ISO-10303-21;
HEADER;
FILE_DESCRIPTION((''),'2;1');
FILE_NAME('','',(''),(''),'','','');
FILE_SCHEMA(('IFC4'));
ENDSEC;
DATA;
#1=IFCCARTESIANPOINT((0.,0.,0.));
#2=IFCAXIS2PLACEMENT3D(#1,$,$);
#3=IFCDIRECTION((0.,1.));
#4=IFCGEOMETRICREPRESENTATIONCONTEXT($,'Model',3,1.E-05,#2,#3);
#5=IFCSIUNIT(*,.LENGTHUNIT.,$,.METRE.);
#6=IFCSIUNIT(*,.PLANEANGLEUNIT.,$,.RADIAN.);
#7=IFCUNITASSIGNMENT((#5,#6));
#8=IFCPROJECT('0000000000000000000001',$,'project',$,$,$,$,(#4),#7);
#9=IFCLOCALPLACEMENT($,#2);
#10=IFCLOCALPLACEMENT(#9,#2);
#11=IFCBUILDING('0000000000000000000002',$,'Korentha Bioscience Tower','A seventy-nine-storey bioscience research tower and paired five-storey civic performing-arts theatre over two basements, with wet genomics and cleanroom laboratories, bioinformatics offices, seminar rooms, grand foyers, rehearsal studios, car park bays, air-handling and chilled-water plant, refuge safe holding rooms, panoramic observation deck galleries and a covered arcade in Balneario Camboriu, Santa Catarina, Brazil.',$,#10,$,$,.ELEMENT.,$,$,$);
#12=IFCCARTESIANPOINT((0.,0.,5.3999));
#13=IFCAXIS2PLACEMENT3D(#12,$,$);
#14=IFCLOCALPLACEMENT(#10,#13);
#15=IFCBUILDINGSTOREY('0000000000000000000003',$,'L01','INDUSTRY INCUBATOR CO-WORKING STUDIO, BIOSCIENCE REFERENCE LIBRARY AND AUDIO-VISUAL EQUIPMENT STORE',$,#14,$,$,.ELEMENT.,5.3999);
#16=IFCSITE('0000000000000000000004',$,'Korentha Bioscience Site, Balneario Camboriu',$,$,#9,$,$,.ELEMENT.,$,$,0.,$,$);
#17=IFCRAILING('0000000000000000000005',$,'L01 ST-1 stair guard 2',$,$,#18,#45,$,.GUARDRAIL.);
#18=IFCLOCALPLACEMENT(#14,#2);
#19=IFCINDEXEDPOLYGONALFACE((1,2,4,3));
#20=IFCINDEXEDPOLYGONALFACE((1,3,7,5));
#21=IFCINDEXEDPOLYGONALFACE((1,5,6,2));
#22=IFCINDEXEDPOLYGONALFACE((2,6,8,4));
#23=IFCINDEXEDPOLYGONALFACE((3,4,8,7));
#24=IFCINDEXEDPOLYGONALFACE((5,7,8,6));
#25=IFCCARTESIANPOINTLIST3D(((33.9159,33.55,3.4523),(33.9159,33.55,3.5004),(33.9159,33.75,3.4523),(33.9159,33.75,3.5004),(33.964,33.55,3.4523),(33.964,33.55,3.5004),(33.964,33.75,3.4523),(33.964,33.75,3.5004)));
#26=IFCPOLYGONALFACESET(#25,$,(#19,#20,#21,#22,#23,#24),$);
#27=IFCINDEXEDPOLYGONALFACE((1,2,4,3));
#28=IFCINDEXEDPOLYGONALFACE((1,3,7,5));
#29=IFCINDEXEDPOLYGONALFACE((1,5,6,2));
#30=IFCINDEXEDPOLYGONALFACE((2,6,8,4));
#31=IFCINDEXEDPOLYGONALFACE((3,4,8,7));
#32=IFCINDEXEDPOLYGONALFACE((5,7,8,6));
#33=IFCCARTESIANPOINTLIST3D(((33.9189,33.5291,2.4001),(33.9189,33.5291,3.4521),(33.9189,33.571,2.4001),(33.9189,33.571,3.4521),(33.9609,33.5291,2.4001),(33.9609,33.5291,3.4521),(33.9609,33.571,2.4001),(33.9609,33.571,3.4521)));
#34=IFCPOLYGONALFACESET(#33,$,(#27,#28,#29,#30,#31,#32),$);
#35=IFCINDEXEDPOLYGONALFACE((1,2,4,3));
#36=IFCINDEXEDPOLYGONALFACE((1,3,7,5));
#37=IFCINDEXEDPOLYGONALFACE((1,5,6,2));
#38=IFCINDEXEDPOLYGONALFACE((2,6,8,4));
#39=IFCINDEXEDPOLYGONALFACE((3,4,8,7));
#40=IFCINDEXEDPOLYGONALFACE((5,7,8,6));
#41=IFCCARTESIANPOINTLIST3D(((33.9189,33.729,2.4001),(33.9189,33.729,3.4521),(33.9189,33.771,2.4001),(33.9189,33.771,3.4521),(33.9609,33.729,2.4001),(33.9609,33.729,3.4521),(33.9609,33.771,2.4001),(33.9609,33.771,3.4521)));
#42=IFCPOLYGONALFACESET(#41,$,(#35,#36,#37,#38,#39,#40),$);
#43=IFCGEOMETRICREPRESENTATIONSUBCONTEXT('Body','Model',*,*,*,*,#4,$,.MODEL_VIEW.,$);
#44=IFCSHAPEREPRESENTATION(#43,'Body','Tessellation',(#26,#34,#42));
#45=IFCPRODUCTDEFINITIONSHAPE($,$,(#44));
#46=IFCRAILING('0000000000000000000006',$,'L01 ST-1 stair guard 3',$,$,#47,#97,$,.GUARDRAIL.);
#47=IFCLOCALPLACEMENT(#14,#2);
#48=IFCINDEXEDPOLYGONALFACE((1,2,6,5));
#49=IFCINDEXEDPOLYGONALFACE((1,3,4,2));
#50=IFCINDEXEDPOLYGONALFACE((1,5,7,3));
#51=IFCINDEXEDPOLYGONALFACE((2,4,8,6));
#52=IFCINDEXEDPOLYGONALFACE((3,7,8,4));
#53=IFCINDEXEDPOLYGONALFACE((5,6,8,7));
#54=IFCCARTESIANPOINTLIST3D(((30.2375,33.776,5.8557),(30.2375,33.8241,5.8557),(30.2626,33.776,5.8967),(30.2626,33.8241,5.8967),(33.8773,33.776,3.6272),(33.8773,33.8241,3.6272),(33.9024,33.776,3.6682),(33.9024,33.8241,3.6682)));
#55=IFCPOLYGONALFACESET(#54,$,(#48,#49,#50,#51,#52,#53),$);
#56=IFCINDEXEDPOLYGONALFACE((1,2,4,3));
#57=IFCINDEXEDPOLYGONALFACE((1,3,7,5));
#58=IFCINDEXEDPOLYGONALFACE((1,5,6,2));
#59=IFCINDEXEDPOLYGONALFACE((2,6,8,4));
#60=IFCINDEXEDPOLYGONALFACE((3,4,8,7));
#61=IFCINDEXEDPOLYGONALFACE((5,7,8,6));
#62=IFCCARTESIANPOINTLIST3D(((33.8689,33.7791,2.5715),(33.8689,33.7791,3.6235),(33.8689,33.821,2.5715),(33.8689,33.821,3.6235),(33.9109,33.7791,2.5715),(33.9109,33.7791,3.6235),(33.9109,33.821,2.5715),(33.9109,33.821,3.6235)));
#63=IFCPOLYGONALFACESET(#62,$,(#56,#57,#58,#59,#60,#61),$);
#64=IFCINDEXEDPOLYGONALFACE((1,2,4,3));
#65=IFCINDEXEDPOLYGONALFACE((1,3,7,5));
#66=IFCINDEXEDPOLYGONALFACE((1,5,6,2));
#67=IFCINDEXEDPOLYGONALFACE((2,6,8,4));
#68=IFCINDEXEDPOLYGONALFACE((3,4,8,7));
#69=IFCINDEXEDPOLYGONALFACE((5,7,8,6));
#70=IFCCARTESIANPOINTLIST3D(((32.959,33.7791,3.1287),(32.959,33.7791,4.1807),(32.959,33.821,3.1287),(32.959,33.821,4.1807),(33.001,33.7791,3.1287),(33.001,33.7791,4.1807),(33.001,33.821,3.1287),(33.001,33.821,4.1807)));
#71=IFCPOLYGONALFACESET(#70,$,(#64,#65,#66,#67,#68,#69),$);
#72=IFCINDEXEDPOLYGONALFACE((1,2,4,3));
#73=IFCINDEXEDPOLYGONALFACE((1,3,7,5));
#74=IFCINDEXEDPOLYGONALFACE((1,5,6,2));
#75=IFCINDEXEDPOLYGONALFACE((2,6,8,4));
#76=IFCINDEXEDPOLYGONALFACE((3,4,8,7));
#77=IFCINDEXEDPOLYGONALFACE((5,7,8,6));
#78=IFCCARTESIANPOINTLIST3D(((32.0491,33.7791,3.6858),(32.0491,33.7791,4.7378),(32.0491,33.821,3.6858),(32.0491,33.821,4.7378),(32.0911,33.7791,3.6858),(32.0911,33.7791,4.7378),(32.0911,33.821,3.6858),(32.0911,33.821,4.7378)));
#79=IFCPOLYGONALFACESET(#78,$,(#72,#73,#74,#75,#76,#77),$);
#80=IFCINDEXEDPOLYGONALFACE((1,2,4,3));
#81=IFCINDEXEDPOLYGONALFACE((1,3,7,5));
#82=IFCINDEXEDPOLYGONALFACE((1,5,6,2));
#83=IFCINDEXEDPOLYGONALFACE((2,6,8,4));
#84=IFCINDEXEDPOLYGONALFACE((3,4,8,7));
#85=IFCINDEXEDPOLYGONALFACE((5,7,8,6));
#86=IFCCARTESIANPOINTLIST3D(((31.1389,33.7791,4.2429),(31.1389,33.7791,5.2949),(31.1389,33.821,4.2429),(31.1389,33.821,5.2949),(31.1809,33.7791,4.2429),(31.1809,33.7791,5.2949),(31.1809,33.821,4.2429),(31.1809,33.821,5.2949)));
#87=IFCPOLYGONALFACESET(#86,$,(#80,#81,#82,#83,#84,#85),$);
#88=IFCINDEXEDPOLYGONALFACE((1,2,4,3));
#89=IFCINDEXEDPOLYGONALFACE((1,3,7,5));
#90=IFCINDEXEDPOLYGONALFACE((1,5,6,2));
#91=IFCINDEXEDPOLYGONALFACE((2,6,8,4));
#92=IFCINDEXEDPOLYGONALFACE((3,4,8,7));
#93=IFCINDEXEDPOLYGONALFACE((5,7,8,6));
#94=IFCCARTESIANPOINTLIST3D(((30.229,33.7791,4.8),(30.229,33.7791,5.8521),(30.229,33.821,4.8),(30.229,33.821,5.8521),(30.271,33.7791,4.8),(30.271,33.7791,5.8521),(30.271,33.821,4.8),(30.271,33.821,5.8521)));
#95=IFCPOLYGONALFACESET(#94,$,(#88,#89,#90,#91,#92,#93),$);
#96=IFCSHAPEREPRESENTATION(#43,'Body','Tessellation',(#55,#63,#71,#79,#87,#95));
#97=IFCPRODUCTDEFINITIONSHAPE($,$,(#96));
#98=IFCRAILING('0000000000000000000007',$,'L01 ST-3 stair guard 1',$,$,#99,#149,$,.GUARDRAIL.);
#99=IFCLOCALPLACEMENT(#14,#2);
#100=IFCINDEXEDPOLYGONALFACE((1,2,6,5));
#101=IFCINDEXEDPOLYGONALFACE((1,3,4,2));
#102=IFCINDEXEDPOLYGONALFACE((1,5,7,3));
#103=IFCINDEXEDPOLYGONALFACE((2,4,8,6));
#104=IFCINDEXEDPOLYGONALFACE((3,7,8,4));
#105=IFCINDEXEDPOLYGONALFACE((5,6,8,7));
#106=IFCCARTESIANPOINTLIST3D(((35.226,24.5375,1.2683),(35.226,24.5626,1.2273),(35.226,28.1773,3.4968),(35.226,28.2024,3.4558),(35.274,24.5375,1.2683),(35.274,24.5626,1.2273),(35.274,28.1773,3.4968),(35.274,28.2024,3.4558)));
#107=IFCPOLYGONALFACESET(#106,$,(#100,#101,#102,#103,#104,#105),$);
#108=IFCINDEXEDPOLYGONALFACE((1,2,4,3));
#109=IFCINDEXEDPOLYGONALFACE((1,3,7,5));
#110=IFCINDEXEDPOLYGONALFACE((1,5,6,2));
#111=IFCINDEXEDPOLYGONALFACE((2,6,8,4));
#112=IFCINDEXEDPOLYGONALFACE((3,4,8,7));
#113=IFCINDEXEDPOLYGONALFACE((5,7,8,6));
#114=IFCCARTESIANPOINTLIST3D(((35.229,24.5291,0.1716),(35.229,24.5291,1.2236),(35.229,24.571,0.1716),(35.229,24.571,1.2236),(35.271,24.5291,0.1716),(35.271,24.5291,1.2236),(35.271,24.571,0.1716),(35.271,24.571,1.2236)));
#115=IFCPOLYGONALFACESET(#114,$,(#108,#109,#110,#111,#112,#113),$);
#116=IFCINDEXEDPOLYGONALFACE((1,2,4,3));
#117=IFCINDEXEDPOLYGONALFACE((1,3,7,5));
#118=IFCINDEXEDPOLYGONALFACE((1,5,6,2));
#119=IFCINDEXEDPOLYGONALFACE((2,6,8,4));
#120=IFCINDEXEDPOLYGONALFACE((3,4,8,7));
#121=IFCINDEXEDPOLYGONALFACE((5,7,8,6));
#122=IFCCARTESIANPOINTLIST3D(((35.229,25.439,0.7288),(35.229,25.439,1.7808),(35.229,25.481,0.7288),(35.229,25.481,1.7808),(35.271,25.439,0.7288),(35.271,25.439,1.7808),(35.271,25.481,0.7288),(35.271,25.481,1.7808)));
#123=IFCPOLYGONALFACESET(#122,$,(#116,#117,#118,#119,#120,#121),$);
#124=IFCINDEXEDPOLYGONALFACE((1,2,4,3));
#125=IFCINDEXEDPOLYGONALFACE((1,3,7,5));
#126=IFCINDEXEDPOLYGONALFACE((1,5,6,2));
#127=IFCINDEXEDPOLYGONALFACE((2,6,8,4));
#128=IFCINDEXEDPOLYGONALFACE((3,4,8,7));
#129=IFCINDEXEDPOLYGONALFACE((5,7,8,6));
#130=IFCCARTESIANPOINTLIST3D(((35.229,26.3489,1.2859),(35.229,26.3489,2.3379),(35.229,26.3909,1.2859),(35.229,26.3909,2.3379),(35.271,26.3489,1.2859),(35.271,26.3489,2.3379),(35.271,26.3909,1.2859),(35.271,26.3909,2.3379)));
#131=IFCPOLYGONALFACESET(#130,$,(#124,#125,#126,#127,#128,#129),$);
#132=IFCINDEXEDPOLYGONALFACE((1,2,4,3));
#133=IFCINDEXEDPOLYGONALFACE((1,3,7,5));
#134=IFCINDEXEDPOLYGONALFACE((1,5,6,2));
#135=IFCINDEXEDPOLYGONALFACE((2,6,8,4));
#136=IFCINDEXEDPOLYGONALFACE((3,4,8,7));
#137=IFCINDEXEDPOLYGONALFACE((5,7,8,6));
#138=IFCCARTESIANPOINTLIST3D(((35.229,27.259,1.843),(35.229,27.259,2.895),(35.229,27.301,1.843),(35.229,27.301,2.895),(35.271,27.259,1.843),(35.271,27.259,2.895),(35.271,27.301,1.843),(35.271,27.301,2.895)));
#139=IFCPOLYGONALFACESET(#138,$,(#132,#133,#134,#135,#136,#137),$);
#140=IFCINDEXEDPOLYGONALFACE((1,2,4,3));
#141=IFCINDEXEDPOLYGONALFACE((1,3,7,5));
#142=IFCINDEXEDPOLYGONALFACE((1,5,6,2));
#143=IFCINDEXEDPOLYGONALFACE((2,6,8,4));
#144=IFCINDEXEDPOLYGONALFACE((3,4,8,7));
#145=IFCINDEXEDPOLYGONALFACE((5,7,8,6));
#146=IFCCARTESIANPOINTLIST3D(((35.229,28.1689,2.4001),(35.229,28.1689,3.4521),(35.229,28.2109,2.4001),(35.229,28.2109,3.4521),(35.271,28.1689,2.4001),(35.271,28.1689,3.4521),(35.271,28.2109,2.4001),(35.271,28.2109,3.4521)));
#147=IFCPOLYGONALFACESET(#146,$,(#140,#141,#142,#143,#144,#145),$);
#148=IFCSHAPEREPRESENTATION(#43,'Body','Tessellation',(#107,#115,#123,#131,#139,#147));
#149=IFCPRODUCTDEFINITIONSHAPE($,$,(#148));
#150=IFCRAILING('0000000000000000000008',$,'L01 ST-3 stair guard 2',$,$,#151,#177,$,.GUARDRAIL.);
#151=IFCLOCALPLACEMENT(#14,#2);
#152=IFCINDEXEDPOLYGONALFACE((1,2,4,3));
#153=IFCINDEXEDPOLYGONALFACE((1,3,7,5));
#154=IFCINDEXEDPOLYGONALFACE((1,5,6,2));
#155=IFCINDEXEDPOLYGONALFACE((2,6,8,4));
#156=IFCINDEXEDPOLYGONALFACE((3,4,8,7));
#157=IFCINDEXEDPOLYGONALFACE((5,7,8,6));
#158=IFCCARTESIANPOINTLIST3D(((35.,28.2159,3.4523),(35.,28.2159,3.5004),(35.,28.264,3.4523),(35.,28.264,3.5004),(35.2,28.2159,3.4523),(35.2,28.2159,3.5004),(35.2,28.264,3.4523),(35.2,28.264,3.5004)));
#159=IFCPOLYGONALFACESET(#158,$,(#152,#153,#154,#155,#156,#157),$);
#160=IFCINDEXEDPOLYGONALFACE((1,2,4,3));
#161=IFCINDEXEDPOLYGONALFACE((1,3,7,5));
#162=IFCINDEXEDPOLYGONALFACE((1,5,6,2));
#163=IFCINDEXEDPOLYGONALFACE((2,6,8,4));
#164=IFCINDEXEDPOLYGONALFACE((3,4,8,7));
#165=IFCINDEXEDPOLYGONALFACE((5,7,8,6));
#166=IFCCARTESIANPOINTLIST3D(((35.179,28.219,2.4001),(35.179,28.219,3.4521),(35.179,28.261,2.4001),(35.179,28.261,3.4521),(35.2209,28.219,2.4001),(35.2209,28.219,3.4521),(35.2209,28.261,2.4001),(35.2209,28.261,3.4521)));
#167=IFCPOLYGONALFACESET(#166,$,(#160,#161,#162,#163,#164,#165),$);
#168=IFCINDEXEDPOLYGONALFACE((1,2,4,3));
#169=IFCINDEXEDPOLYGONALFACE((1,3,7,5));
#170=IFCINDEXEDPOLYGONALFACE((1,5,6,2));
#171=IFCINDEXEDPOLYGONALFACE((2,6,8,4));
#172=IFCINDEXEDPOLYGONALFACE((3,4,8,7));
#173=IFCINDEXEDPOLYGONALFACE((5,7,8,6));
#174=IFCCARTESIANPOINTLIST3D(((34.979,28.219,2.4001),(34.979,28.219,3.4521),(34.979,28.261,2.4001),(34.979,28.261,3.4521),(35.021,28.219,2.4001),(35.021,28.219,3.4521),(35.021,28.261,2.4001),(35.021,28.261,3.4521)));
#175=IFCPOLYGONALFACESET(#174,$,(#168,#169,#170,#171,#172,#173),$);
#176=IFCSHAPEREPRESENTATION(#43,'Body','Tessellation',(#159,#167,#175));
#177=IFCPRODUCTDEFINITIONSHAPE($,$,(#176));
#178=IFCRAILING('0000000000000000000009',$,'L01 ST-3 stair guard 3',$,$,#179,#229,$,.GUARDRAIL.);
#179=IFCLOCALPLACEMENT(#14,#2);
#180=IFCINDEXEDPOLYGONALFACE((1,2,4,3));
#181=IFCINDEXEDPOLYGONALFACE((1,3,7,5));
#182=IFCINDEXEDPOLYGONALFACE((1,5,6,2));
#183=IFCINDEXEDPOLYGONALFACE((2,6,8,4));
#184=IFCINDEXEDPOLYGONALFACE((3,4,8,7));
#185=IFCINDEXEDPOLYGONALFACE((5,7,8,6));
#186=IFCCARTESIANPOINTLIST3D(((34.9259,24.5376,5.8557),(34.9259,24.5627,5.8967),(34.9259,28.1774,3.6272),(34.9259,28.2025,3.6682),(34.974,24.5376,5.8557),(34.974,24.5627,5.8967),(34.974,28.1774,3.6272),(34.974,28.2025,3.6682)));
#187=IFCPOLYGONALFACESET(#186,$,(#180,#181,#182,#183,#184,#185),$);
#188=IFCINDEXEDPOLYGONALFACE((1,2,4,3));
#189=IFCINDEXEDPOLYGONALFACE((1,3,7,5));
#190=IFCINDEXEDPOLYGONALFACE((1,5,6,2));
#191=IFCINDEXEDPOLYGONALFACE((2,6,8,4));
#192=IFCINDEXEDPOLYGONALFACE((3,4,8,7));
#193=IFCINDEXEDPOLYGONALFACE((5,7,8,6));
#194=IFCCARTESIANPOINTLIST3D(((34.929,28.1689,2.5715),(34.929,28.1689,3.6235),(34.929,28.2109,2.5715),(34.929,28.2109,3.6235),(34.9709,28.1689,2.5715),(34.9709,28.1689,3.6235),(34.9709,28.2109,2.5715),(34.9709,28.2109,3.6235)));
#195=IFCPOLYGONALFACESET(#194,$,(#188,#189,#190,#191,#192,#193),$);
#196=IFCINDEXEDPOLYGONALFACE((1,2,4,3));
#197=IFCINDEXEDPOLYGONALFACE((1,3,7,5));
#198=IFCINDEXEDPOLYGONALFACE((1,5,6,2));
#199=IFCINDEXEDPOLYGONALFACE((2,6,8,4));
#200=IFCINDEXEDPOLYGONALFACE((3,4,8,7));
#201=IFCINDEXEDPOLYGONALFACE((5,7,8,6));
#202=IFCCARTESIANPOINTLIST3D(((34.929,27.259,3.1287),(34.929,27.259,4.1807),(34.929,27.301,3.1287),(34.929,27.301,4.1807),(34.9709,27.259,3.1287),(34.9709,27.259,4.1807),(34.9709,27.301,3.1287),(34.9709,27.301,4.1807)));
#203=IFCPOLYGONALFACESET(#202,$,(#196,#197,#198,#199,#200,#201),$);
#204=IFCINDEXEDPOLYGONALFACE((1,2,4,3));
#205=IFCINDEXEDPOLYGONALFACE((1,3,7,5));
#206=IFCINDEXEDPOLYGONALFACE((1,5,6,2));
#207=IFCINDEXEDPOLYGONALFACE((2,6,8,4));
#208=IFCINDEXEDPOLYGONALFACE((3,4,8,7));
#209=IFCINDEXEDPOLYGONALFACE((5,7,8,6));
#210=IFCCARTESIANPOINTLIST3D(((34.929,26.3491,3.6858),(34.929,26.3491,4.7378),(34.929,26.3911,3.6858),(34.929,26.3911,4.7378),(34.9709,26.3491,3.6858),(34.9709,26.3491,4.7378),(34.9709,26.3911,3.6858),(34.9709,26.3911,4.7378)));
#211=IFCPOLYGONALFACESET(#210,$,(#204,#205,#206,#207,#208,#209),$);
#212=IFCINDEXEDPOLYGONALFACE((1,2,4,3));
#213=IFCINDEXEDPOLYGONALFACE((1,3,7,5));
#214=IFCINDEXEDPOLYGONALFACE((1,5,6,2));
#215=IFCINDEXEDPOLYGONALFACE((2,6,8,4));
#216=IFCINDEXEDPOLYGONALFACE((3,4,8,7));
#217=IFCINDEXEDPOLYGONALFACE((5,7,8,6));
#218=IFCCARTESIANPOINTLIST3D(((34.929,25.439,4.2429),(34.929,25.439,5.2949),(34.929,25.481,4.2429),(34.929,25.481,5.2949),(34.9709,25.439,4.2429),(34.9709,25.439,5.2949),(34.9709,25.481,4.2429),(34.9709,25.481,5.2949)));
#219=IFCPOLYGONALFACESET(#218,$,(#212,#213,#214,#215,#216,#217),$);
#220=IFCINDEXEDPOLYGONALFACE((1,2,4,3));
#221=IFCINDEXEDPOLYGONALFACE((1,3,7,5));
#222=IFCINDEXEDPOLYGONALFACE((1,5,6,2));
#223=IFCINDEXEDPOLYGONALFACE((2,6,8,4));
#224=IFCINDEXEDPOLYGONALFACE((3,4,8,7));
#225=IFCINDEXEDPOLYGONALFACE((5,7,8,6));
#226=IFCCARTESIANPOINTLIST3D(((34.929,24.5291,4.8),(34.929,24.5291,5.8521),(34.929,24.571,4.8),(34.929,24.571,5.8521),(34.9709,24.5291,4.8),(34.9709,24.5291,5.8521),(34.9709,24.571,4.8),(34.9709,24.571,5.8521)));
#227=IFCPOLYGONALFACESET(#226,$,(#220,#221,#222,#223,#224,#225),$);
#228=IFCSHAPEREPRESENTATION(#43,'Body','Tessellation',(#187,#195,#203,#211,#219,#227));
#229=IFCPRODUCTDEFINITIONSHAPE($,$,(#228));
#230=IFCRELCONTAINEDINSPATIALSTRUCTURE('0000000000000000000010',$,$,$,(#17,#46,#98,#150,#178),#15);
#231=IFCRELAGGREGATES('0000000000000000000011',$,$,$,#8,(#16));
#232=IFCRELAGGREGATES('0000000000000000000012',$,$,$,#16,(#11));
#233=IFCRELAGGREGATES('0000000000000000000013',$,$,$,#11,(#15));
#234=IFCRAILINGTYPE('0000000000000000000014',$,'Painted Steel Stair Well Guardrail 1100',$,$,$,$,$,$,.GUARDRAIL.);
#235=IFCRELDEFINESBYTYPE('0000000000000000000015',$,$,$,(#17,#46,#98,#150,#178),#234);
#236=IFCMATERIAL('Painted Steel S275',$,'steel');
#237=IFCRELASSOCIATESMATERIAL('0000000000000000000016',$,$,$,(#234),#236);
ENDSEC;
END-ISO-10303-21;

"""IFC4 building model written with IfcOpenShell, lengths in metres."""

from ifc_helpers import new_model, si_unit, direction, frame, origin, origin_2d, place, context, subcontext, project, spatial, rectangle, extrude, material, type_object, element, save


model = new_model("IFC4")

# Units and contexts
model_context = context("Model", 3, precision=1e-05, world=origin(), true_north=direction((0.0, 1.0)))
body_context = subcontext(model_context, "Body", "Model", "MODEL_VIEW")
ifc_project = project(units=[si_unit("LENGTHUNIT", "METRE"), si_unit("PLANEANGLEUNIT", "RADIAN")], contexts=[model_context])

# Site, building, storey
site_placement = place(None, origin())
site = spatial("IfcSite", under=ifc_project, at=site_placement, Name="Korentha Bioscience Site, Balneario Camboriu", CompositionType="ELEMENT", RefElevation=0.0)
building_placement = place(site_placement, origin())
building = spatial("IfcBuilding", under=site, at=building_placement, Name="Korentha Bioscience Tower", Description="A seventy-nine-storey bioscience research tower and paired five-storey civic performing-arts theatre over two basements, with wet genomics and cleanroom laboratories, bioinformatics offices, seminar rooms, grand foyers, rehearsal studios, car park bays, air-handling and chilled-water plant, refuge safe holding rooms, panoramic observation deck galleries and a covered arcade in Balneario Camboriu, Santa Catarina, Brazil.", CompositionType="ELEMENT")
storey_placement = place(building_placement, frame((0.0, 0.0, 5.3999)))
storey = spatial("IfcBuildingStorey", under=building, at=storey_placement, Name="L01", Description="INDUSTRY INCUBATOR CO-WORKING STUDIO, BIOSCIENCE REFERENCE LIBRARY AND AUDIO-VISUAL EQUIPMENT STORE", CompositionType="ELEMENT", Elevation=5.3999)

# Railings
ifc_material_1 = material(Name="Painted Steel S275", Category="steel")
railing_type_1 = type_object("IfcRailingType", Name="Painted Steel Stair Well Guardrail 1100", PredefinedType="GUARDRAIL", material=ifc_material_1)
railing_1_placement = place(storey_placement, frame((33.9399, 33.55, 2.4001)))
element("IfcRailing", 1, at=railing_1_placement, inside=storey, type_object=railing_type_1, Name="L01 ST-1 stair guard 2", PredefinedType="GUARDRAIL", context=body_context, shape_type="SweptSolid", body=[
    extrude(rectangle(XDim=0.0481, YDim=0.0481, at=origin_2d()), frame((0.0, 0.0, 1.0762), z_axis=(0.0, 1.0, 0.0), x_axis=(-1.0, 0.0, 0.0)), (0.0, 0.0, 1.0), 0.2),
    extrude(rectangle(XDim=0.042, YDim=0.042, at=origin_2d()), origin(), (0.0, 0.0, 1.0), 1.052),
    extrude(rectangle(XDim=0.042, YDim=0.042, at=origin_2d()), frame((0.0, 0.2, 0.0)), (0.0, 0.0, 1.0), 1.052),
])
railing_2_placement = place(storey_placement, frame((33.8899, 33.8, 2.5715)))
element("IfcRailing", 2, at=railing_2_placement, inside=storey, type_object=railing_type_1, Name="L01 ST-1 stair guard 3", PredefinedType="GUARDRAIL", context=body_context, shape_type="SweptSolid", body=[
    extrude(rectangle(XDim=0.0481, YDim=0.0481, at=origin_2d()), frame((0.0, 0.0, 1.0762), z_axis=(-0.85285, 0.0, 0.522156), x_axis=(0.0, -1.0, 0.0)), (0.0, 0.0, 1.0), 4.2678),
    extrude(rectangle(XDim=0.042, YDim=0.042, at=origin_2d()), origin(), (0.0, 0.0, 1.0), 1.052),
    extrude(rectangle(XDim=0.042, YDim=0.042, at=origin_2d()), frame((-0.9099, 0.0, 0.5571)), (0.0, 0.0, 1.0), 1.052),
    extrude(rectangle(XDim=0.042, YDim=0.042, at=origin_2d()), frame((-1.8198, 0.0, 1.1143)), (0.0, 0.0, 1.0), 1.052),
    extrude(rectangle(XDim=0.042, YDim=0.042, at=origin_2d()), frame((-2.73, 0.0, 1.6714)), (0.0, 0.0, 1.0), 1.052),
    extrude(rectangle(XDim=0.042, YDim=0.042, at=origin_2d()), frame((-3.6399, 0.0, 2.2285)), (0.0, 0.0, 1.0), 1.052),
])
railing_3_placement = place(storey_placement, frame((35.25, 24.55, 0.1716)))
element("IfcRailing", 3, at=railing_3_placement, inside=storey, type_object=railing_type_1, Name="L01 ST-3 stair guard 1", PredefinedType="GUARDRAIL", context=body_context, shape_type="SweptSolid", body=[
    extrude(rectangle(XDim=0.0481, YDim=0.0481, at=origin_2d()), frame((0.0, 0.0, 1.0762), z_axis=(0.0, 0.85285, 0.522156), x_axis=(-1.0, 0.0, 0.0)), (0.0, 0.0, 1.0), 4.2678),
    extrude(rectangle(XDim=0.042, YDim=0.042, at=origin_2d()), origin(), (0.0, 0.0, 1.0), 1.052),
    extrude(rectangle(XDim=0.042, YDim=0.042, at=origin_2d()), frame((0.0, 0.9099, 0.5571)), (0.0, 0.0, 1.0), 1.052),
    extrude(rectangle(XDim=0.042, YDim=0.042, at=origin_2d()), frame((0.0, 1.8198, 1.1143)), (0.0, 0.0, 1.0), 1.052),
    extrude(rectangle(XDim=0.042, YDim=0.042, at=origin_2d()), frame((0.0, 2.73, 1.6714)), (0.0, 0.0, 1.0), 1.052),
    extrude(rectangle(XDim=0.042, YDim=0.042, at=origin_2d()), frame((0.0, 3.6399, 2.2285)), (0.0, 0.0, 1.0), 1.052),
])
railing_4_placement = place(storey_placement, frame((35.2, 28.24, 2.4001)))
element("IfcRailing", 4, at=railing_4_placement, inside=storey, type_object=railing_type_1, Name="L01 ST-3 stair guard 2", PredefinedType="GUARDRAIL", context=body_context, shape_type="SweptSolid", body=[
    extrude(rectangle(XDim=0.0481, YDim=0.0481, at=origin_2d()), frame((0.0, 0.0, 1.0762), z_axis=(-1.0, 0.0, 0.0), x_axis=(0.0, -1.0, 0.0)), (0.0, 0.0, 1.0), 0.2),
    extrude(rectangle(XDim=0.042, YDim=0.042, at=origin_2d()), origin(), (0.0, 0.0, 1.0), 1.052),
    extrude(rectangle(XDim=0.042, YDim=0.042, at=origin_2d()), frame((-0.2, 0.0, 0.0)), (0.0, 0.0, 1.0), 1.052),
])
railing_5_placement = place(storey_placement, frame((34.95, 28.1899, 2.5715)))
element("IfcRailing", 5, at=railing_5_placement, inside=storey, type_object=railing_type_1, Name="L01 ST-3 stair guard 3", PredefinedType="GUARDRAIL", context=body_context, shape_type="SweptSolid", body=[
    extrude(rectangle(XDim=0.0481, YDim=0.0481, at=origin_2d()), frame((0.0, 0.0, 1.0762), z_axis=(0.0, -0.85285, 0.522156), x_axis=(1.0, 0.0, 0.0)), (0.0, 0.0, 1.0), 4.2678),
    extrude(rectangle(XDim=0.042, YDim=0.042, at=origin_2d()), origin(), (0.0, 0.0, 1.0), 1.052),
    extrude(rectangle(XDim=0.042, YDim=0.042, at=origin_2d()), frame((0.0, -0.9099, 0.5571)), (0.0, 0.0, 1.0), 1.052),
    extrude(rectangle(XDim=0.042, YDim=0.042, at=origin_2d()), frame((0.0, -1.8198, 1.1143)), (0.0, 0.0, 1.0), 1.052),
    extrude(rectangle(XDim=0.042, YDim=0.042, at=origin_2d()), frame((0.0, -2.73, 1.6714)), (0.0, 0.0, 1.0), 1.052),
    extrude(rectangle(XDim=0.042, YDim=0.042, at=origin_2d()), frame((0.0, -3.6399, 2.2285)), (0.0, 0.0, 1.0), 1.052),
])

save(model, "model.ifc")
